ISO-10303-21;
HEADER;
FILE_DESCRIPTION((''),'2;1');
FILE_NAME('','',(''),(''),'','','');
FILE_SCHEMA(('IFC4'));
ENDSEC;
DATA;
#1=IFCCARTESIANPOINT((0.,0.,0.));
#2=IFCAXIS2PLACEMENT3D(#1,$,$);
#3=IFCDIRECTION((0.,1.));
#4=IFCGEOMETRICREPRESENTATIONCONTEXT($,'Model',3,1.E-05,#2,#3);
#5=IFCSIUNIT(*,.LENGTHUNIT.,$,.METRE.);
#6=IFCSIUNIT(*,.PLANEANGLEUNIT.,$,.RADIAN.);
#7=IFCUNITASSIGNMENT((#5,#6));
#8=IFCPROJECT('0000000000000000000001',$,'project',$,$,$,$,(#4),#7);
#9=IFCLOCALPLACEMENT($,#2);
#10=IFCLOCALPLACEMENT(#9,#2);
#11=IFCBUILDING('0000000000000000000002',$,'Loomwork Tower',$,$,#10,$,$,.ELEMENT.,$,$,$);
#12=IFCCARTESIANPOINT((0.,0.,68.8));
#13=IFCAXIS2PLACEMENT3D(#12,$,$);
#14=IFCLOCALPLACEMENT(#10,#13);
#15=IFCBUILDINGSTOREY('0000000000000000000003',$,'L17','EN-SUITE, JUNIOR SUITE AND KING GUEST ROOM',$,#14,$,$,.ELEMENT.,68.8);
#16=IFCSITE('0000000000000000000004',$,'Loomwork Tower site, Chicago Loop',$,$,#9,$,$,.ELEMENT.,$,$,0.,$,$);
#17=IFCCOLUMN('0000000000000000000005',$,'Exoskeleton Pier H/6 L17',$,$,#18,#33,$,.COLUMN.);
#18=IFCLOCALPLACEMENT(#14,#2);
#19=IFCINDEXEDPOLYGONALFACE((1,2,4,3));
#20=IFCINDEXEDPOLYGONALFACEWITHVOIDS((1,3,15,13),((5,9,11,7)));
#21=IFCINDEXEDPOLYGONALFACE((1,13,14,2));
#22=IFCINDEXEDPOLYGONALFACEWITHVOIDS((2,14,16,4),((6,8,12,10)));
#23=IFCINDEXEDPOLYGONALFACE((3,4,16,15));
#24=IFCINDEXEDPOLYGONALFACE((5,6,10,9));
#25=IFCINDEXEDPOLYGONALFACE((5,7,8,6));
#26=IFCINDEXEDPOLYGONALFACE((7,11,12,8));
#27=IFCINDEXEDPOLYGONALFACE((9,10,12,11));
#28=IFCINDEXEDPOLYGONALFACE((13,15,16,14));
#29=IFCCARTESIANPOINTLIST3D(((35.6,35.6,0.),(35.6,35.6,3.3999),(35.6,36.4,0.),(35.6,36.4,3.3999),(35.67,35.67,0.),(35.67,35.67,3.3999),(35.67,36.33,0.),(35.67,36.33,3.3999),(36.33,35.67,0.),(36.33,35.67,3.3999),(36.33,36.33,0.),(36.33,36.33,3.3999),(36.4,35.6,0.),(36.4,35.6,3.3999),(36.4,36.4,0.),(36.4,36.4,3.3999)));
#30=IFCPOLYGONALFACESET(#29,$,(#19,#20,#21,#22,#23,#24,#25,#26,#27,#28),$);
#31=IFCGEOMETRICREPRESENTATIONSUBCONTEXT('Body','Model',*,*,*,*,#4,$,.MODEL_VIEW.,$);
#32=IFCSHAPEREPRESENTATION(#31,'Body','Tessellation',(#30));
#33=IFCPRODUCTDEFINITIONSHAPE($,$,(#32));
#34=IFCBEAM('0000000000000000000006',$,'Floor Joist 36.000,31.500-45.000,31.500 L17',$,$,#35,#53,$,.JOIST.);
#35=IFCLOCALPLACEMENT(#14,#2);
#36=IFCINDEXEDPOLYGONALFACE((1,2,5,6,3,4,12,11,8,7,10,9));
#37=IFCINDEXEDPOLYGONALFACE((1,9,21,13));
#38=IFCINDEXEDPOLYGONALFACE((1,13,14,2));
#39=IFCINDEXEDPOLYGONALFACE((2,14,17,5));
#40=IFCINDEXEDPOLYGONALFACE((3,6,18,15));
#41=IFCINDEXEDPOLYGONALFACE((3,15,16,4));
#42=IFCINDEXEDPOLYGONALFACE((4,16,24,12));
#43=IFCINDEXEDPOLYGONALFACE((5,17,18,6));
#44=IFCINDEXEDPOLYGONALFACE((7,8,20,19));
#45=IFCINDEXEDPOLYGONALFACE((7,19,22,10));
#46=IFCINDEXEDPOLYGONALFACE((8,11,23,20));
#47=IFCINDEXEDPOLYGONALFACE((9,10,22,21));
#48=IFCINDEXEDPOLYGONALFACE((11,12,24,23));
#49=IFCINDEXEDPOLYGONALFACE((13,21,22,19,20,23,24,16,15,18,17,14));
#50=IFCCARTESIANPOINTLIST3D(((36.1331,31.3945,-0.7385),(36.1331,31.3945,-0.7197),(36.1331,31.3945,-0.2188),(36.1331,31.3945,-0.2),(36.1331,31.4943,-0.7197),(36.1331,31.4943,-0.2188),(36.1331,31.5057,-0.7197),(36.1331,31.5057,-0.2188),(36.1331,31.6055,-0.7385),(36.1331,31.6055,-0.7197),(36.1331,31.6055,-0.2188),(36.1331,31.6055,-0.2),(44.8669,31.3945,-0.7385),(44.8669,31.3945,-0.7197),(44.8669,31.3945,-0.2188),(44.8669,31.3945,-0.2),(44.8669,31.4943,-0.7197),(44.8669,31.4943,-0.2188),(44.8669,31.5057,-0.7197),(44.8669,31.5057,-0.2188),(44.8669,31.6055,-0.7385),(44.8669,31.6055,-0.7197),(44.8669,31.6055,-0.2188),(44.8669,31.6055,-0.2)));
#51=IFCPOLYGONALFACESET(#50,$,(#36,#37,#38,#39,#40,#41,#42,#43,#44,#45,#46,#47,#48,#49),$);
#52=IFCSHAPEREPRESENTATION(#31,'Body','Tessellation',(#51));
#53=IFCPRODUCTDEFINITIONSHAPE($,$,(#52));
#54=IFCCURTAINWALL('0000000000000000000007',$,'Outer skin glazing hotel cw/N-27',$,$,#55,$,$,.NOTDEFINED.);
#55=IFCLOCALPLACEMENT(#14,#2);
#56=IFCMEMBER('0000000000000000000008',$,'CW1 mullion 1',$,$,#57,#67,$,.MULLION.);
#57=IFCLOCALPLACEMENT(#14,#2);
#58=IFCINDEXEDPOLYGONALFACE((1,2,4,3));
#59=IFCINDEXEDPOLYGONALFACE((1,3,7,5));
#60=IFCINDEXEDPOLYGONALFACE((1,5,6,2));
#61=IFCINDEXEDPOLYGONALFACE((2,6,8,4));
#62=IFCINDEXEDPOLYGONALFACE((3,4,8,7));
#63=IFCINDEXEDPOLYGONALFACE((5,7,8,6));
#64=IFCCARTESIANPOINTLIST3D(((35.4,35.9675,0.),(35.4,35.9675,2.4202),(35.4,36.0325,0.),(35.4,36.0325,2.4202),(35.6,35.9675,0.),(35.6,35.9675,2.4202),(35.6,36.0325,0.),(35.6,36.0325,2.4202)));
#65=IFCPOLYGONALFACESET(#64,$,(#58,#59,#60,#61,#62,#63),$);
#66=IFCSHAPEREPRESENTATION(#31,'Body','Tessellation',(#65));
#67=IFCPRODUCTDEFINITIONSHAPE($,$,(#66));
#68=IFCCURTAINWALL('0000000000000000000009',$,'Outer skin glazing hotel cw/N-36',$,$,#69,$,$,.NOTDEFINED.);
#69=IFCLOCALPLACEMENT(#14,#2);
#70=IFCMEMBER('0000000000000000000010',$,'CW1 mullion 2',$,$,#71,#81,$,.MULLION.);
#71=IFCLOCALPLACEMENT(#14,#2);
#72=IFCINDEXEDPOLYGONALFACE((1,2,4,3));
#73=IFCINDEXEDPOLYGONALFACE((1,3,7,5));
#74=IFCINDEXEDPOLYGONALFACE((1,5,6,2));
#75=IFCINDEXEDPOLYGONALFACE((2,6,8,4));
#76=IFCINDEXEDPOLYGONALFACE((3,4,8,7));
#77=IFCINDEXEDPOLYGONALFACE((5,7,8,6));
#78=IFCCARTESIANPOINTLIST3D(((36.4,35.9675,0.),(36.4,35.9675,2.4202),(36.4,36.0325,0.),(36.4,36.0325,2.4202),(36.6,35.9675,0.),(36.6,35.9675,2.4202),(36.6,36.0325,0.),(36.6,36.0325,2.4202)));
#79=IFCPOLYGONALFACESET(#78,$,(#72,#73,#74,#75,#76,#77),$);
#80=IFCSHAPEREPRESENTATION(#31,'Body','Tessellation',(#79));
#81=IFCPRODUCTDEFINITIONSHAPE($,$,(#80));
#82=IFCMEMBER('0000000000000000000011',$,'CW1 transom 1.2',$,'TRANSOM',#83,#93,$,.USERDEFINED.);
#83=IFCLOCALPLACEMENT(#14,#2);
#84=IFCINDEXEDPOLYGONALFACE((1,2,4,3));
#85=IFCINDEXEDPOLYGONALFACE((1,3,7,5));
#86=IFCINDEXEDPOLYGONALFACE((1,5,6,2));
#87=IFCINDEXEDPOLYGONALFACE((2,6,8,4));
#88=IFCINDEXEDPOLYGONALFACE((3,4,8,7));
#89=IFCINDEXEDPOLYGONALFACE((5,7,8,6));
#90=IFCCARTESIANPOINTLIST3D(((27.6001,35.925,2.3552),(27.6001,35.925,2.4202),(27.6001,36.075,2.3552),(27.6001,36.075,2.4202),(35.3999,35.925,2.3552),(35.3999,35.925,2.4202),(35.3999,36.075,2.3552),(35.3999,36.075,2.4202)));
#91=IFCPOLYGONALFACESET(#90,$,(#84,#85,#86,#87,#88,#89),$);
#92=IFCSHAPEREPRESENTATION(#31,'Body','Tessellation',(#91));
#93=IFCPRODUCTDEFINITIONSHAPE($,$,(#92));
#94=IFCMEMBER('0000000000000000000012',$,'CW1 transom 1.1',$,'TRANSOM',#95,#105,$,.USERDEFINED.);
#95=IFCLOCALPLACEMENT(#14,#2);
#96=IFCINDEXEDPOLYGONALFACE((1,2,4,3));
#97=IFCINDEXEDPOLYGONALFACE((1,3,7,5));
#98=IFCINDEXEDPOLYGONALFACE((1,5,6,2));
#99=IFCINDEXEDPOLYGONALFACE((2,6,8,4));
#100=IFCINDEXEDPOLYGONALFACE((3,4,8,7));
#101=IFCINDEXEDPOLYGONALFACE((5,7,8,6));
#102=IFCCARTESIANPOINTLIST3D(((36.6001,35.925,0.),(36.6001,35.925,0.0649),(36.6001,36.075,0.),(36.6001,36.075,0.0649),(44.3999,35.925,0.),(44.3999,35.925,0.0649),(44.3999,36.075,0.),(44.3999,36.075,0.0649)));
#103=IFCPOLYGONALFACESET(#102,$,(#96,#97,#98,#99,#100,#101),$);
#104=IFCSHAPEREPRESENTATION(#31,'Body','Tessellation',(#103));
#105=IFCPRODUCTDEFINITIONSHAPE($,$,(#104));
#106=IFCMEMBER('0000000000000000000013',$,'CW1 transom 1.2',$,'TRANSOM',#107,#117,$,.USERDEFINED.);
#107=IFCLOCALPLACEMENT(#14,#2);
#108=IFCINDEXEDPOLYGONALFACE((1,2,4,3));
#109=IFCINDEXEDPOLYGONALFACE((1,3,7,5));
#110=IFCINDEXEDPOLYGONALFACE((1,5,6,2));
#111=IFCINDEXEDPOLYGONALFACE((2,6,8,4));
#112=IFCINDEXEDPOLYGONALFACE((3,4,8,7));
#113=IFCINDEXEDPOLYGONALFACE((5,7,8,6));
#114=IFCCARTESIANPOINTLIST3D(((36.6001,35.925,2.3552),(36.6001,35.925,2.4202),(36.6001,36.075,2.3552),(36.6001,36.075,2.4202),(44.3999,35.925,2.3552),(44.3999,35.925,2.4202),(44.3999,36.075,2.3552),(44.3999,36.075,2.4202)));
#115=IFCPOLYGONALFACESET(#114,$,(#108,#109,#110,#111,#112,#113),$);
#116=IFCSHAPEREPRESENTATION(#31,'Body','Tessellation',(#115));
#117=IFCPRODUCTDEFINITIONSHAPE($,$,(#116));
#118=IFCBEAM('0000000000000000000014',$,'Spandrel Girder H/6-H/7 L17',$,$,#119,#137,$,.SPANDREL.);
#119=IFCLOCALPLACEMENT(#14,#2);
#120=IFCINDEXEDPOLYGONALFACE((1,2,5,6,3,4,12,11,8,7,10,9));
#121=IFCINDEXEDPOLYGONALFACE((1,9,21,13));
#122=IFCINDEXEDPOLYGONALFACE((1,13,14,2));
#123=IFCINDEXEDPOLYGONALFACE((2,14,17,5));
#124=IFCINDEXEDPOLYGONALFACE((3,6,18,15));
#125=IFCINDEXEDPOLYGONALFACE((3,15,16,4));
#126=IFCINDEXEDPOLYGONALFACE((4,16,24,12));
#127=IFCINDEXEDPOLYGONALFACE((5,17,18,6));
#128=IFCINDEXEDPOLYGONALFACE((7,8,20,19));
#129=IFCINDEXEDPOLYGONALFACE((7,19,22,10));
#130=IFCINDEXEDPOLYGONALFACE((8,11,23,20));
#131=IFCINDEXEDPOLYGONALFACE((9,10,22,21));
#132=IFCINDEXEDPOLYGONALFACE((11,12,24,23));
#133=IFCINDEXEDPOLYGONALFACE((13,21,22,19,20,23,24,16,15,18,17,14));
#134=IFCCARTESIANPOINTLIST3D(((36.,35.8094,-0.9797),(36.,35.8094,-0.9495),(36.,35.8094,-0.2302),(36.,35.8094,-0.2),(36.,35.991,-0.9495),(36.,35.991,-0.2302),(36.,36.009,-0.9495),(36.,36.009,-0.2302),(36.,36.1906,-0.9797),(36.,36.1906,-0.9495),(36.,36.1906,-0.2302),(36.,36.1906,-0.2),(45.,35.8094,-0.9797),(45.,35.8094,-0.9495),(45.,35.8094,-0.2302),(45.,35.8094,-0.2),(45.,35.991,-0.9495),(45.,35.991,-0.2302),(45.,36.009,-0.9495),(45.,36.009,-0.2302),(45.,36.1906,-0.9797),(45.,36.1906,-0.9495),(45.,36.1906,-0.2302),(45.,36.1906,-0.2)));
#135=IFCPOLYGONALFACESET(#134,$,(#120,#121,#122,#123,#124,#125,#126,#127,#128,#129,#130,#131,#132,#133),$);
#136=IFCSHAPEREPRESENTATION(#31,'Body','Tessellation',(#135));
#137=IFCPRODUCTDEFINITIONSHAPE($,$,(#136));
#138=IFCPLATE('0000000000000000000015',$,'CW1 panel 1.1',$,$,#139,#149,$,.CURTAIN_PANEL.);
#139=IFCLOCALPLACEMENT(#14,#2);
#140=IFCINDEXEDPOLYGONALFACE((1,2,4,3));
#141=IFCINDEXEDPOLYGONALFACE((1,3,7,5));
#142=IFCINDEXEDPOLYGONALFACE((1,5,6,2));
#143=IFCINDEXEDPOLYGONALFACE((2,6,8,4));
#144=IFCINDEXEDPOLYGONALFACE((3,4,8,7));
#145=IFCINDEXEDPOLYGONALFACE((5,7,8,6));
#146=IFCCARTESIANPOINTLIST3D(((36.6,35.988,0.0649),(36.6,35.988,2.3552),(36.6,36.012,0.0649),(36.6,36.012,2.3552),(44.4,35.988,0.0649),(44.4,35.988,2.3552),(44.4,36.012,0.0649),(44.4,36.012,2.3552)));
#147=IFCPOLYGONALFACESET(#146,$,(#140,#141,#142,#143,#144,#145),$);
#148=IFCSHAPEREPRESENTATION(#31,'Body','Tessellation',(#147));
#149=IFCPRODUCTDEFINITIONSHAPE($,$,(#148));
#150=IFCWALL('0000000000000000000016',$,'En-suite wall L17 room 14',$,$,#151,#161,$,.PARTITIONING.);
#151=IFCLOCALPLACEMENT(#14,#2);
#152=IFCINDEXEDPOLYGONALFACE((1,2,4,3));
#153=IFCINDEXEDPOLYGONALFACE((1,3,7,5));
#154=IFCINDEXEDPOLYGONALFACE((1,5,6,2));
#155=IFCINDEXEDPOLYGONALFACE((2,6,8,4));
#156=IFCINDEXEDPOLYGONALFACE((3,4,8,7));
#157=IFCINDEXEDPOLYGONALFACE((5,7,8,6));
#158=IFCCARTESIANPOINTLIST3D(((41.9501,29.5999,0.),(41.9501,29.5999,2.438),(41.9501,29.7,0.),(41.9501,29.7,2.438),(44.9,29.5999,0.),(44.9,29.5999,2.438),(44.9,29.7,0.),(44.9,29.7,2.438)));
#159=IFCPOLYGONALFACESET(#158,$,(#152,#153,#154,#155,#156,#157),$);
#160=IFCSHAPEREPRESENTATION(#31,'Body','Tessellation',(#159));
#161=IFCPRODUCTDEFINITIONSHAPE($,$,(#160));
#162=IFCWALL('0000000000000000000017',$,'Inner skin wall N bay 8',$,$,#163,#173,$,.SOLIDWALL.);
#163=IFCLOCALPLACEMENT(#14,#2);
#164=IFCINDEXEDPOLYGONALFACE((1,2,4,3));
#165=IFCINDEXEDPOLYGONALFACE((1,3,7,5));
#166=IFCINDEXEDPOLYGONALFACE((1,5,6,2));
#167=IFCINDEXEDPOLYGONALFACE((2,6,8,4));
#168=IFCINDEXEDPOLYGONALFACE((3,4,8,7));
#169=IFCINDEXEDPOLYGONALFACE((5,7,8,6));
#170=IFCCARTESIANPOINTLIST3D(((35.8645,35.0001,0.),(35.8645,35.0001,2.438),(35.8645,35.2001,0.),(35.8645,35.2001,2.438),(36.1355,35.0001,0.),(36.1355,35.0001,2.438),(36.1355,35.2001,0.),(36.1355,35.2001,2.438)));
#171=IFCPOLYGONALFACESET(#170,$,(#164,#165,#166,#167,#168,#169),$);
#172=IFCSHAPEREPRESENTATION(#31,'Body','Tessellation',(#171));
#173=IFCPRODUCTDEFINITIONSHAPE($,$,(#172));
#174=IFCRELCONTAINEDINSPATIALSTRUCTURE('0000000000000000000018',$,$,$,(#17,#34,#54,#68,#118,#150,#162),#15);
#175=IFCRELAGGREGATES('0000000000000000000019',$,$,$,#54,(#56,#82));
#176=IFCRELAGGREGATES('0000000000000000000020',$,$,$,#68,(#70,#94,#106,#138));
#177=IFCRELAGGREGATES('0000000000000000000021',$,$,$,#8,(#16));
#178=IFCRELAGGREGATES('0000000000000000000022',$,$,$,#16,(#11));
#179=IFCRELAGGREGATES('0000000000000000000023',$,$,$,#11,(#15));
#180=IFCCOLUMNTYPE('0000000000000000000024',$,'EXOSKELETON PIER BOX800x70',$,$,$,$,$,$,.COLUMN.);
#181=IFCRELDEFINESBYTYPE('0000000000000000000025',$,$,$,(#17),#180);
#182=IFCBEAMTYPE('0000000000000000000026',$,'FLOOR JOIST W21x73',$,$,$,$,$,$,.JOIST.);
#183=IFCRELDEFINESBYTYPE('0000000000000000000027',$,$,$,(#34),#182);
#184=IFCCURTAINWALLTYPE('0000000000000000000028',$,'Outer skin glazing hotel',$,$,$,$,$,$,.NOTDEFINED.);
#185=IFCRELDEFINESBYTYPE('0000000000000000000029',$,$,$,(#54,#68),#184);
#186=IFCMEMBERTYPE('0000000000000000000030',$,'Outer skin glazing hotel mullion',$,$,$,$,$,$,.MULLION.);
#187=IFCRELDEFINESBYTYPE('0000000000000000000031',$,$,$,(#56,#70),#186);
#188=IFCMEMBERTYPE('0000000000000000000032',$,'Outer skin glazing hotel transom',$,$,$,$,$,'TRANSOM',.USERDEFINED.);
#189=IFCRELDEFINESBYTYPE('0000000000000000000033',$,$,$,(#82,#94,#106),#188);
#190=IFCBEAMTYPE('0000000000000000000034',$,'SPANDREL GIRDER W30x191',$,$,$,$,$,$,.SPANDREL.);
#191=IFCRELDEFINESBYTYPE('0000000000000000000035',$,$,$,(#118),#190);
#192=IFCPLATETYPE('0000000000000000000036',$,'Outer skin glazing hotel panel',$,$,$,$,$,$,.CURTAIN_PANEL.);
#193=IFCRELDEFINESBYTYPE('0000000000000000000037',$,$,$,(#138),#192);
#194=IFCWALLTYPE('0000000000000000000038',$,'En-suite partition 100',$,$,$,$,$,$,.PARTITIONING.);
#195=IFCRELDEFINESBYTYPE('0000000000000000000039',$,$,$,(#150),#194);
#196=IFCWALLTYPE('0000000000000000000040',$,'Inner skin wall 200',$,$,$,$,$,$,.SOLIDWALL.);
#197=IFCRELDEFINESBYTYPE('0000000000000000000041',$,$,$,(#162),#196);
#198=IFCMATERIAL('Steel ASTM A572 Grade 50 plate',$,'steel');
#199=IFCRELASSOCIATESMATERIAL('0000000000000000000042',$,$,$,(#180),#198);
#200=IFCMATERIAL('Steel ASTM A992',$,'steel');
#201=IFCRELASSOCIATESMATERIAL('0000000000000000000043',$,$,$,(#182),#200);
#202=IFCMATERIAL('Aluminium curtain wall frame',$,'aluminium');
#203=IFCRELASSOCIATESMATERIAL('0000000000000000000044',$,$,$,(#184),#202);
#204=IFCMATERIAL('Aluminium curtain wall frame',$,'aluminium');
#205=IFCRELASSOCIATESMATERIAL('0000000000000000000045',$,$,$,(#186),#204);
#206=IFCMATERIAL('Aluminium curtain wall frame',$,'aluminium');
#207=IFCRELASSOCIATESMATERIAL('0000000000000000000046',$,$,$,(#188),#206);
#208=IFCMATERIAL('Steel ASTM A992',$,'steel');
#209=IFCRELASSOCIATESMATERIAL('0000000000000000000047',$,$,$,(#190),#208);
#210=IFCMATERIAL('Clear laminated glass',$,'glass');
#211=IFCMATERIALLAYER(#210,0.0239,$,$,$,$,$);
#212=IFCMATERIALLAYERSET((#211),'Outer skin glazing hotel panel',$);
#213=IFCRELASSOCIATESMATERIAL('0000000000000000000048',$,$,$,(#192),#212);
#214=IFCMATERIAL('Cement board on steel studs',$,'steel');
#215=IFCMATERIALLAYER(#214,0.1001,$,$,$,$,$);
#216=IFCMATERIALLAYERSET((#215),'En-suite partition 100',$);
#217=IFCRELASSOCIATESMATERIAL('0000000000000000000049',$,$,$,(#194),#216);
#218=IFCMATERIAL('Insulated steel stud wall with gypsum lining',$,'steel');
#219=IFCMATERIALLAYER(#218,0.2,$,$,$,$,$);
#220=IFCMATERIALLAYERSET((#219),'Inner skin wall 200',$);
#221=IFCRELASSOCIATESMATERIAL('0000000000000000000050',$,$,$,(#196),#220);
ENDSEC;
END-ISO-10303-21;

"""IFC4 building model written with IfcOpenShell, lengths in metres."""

from ifc_helpers import new_model, si_unit, direction, frame, frame_2d, origin, origin_2d, place, context, subcontext, project, spatial, rectangle, hollow_rectangle, i_section, extrude, material, layer, layer_set, material_profile, profile_set, type_object, element, aggregate, save


model = new_model("IFC4")

# Units and contexts
model_context = context("Model", 3, precision=1e-05, world=origin(), true_north=direction((0.0, 1.0)))
body_context = subcontext(model_context, "Body", "Model", "MODEL_VIEW")
ifc_project = project(units=[si_unit("LENGTHUNIT", "METRE"), si_unit("PLANEANGLEUNIT", "RADIAN")], contexts=[model_context])

# Site, building, storey
site_placement = place(None, origin())
site = spatial("IfcSite", under=ifc_project, at=site_placement, Name="Loomwork Tower site, Chicago Loop", CompositionType="ELEMENT", RefElevation=0.0)
building_placement = place(site_placement, origin())
building = spatial("IfcBuilding", under=site, at=building_placement, Name="Loomwork Tower", CompositionType="ELEMENT")
storey_placement = place(building_placement, frame((0.0, 0.0, 68.8)))
storey = spatial("IfcBuildingStorey", under=building, at=storey_placement, Name="L17", Description="EN-SUITE, JUNIOR SUITE AND KING GUEST ROOM", CompositionType="ELEMENT", Elevation=68.8)

# Column
ifc_material_1 = material(Name="Steel ASTM A572 Grade 50 plate", Category="steel")
ifc_material_profile_1 = material_profile(ifc_material_1, hollow_rectangle(XDim=0.8, YDim=0.8, WallThickness=0.0701, at=origin_2d()), Name="BOX800x70")
ifc_profile_set_1 = profile_set([ifc_material_profile_1], Name="Steel ASTM A572 Grade 50 plate")
column_type = type_object("IfcColumnType", Name="EXOSKELETON PIER BOX800x70", PredefinedType="COLUMN", material=ifc_profile_set_1)
column_placement = place(storey_placement, frame((36.0, 36.0, 0.0), z_axis=(0.0, 0.0, 1.0), x_axis=(1.0, 0.0, 0.0)))
element("IfcColumn", 1, at=column_placement, inside=storey, type_object=column_type, Name="Exoskeleton Pier H/6 L17", PredefinedType="COLUMN", context=body_context, shape_type="SweptSolid", body=[
    extrude(hollow_rectangle(XDim=0.8, YDim=0.8, WallThickness=0.0701, at=origin_2d()), origin(), (0.0, 0.0, 1.0), 3.3999),
])

# Beam
ifc_material_2 = material(Name="Steel ASTM A992", Category="steel")
ifc_material_profile_2 = material_profile(ifc_material_2, i_section(OverallWidth=0.2109, OverallDepth=0.5386, WebThickness=0.0115, FlangeThickness=0.0188, at=origin_2d()), Name="W21x73")
ifc_profile_set_2 = profile_set([ifc_material_profile_2], Name="Steel ASTM A992")
beam_type_1 = type_object("IfcBeamType", Name="FLOOR JOIST W21x73", PredefinedType="JOIST", material=ifc_profile_set_2)
beam_1_placement = place(storey_placement, frame((36.1331, 31.5, -0.4692), z_axis=(1.0, 0.0, 0.0), x_axis=(0.0, 1.0, 0.0)))
element("IfcBeam", 2, at=beam_1_placement, inside=storey, type_object=beam_type_1, Name="Floor Joist 36.000,31.500-45.000,31.500 L17", PredefinedType="JOIST", context=body_context, shape_type="SweptSolid", body=[
    extrude(i_section(OverallWidth=0.2109, OverallDepth=0.5386, WebThickness=0.0115, FlangeThickness=0.0188, at=origin_2d()), origin(), (0.0, 0.0, 1.0), 8.7339),
])

# Curtain walls, members
ifc_material_3 = material(Name="Aluminium curtain wall frame", Category="aluminium")
curtain_wall_type = type_object("IfcCurtainWallType", Name="Outer skin glazing hotel", PredefinedType="NOTDEFINED", material=ifc_material_3)
curtain_wall_1_placement = place(storey_placement, origin())
curtain_wall_1 = element("IfcCurtainWall", 3, at=curtain_wall_1_placement, inside=storey, type_object=curtain_wall_type, Name="Outer skin glazing hotel cw/N-27", PredefinedType="NOTDEFINED")
ifc_material_4 = material(Name="Aluminium curtain wall frame", Category="aluminium")
ifc_material_profile_3 = material_profile(ifc_material_4, rectangle(XDim=0.0649, YDim=0.2, at=origin_2d()), Name="AL 65x200")
ifc_profile_set_3 = profile_set([ifc_material_profile_3], Name="Aluminium curtain wall frame")
member_type_1 = type_object("IfcMemberType", Name="Outer skin glazing hotel mullion", PredefinedType="MULLION", material=ifc_profile_set_3)
member_1_placement = place(storey_placement, frame((35.5, 36.0, 0.0), z_axis=(0.0, 0.0, 1.0), x_axis=(0.0, -1.0, 0.0)))
member_1 = element("IfcMember", 4, at=member_1_placement, type_object=member_type_1, Name="CW1 mullion 1", PredefinedType="MULLION", context=body_context, shape_type="SweptSolid", body=[
    extrude(rectangle(XDim=0.0649, YDim=0.2, at=origin_2d()), origin(), (0.0, 0.0, 1.0), 2.4202),
])
curtain_wall_2_placement = place(storey_placement, origin())
curtain_wall_2 = element("IfcCurtainWall", 5, at=curtain_wall_2_placement, inside=storey, type_object=curtain_wall_type, Name="Outer skin glazing hotel cw/N-36", PredefinedType="NOTDEFINED")
member_2_placement = place(storey_placement, frame((36.5, 36.0, 0.0), z_axis=(0.0, 0.0, 1.0), x_axis=(0.0, -1.0, 0.0)))
member_2 = element("IfcMember", 6, at=member_2_placement, type_object=member_type_1, Name="CW1 mullion 2", PredefinedType="MULLION", context=body_context, shape_type="SweptSolid", body=[
    extrude(rectangle(XDim=0.0649, YDim=0.2, at=origin_2d()), origin(), (0.0, 0.0, 1.0), 2.4202),
])

# Members
ifc_material_5 = material(Name="Aluminium curtain wall frame", Category="aluminium")
ifc_material_profile_4 = material_profile(ifc_material_5, rectangle(XDim=0.1499, YDim=0.0649, at=origin_2d()), Name="AL 65x150")
ifc_profile_set_4 = profile_set([ifc_material_profile_4], Name="Aluminium curtain wall frame")
member_type_2 = type_object("IfcMemberType", Name="Outer skin glazing hotel transom", ElementType="TRANSOM", PredefinedType="USERDEFINED", material=ifc_profile_set_4)
member_3_placement = place(storey_placement, frame((35.3999, 36.0, 2.3877), z_axis=(-1.0, 0.0, 0.0), x_axis=(0.0, -1.0, 0.0)))
member_3 = element("IfcMember", 7, at=member_3_placement, type_object=member_type_2, Name="CW1 transom 1.2", ObjectType="TRANSOM", PredefinedType="USERDEFINED", context=body_context, shape_type="SweptSolid", body=[
    extrude(rectangle(XDim=0.1499, YDim=0.0649, at=origin_2d()), origin(), (0.0, 0.0, 1.0), 7.7998),
])
aggregate(curtain_wall_1, [member_1, member_3])
member_4_placement = place(storey_placement, frame((44.3999, 36.0, 0.0325), z_axis=(-1.0, 0.0, 0.0), x_axis=(0.0, -1.0, 0.0)))
member_4 = element("IfcMember", 8, at=member_4_placement, type_object=member_type_2, Name="CW1 transom 1.1", ObjectType="TRANSOM", PredefinedType="USERDEFINED", context=body_context, shape_type="SweptSolid", body=[
    extrude(rectangle(XDim=0.1499, YDim=0.0649, at=origin_2d()), origin(), (0.0, 0.0, 1.0), 7.7998),
])
member_5_placement = place(storey_placement, frame((44.3999, 36.0, 2.3877), z_axis=(-1.0, 0.0, 0.0), x_axis=(0.0, -1.0, 0.0)))
member_5 = element("IfcMember", 9, at=member_5_placement, type_object=member_type_2, Name="CW1 transom 1.2", ObjectType="TRANSOM", PredefinedType="USERDEFINED", context=body_context, shape_type="SweptSolid", body=[
    extrude(rectangle(XDim=0.1499, YDim=0.0649, at=origin_2d()), origin(), (0.0, 0.0, 1.0), 7.7998),
])

# Beam
ifc_material_6 = material(Name="Steel ASTM A992", Category="steel")
ifc_material_profile_5 = material_profile(ifc_material_6, i_section(OverallWidth=0.3811, OverallDepth=0.7798, WebThickness=0.0181, FlangeThickness=0.0303, at=origin_2d()), Name="W30x191")
ifc_profile_set_5 = profile_set([ifc_material_profile_5], Name="Steel ASTM A992")
beam_type_2 = type_object("IfcBeamType", Name="SPANDREL GIRDER W30x191", PredefinedType="SPANDREL", material=ifc_profile_set_5)
beam_2_placement = place(storey_placement, frame((36.0, 36.0, -0.5898), z_axis=(1.0, 0.0, 0.0), x_axis=(0.0, 1.0, 0.0)))
element("IfcBeam", 10, at=beam_2_placement, inside=storey, type_object=beam_type_2, Name="Spandrel Girder H/6-H/7 L17", PredefinedType="SPANDREL", context=body_context, shape_type="SweptSolid", body=[
    extrude(i_section(OverallWidth=0.3811, OverallDepth=0.7798, WebThickness=0.0181, FlangeThickness=0.0303, at=origin_2d()), origin(), (0.0, 0.0, 1.0), 9.0),
])

# Plate
ifc_material_7 = material(Name="Clear laminated glass", Category="glass")
ifc_layer_1 = layer(ifc_material_7, 0.0239)
ifc_layer_set_1 = layer_set([ifc_layer_1], Name="Outer skin glazing hotel panel")
plate_type = type_object("IfcPlateType", Name="Outer skin glazing hotel panel", PredefinedType="CURTAIN_PANEL", material=ifc_layer_set_1)
plate_placement = place(storey_placement, frame((40.5, 36.0, 0.0649), z_axis=(0.0, 0.0, 1.0), x_axis=(-1.0, 0.0, 0.0)))
plate = element("IfcPlate", 11, at=plate_placement, type_object=plate_type, Name="CW1 panel 1.1", PredefinedType="CURTAIN_PANEL", context=body_context, shape_type="SweptSolid", body=[
    extrude(rectangle(XDim=7.8, YDim=0.0239, at=origin_2d()), origin(), (0.0, 0.0, 1.0), 2.2903),
])
aggregate(curtain_wall_2, [member_2, member_4, member_5, plate])

# Walls
ifc_material_8 = material(Name="Cement board on steel studs", Category="steel")
ifc_layer_2 = layer(ifc_material_8, 0.1001)
ifc_layer_set_2 = layer_set([ifc_layer_2], Name="En-suite partition 100")
wall_type_1 = type_object("IfcWallType", Name="En-suite partition 100", PredefinedType="PARTITIONING", material=ifc_layer_set_2)
wall_1_placement = place(storey_placement, frame((41.95, 29.6499, 0.0), z_axis=(0.0, 0.0, 1.0), x_axis=(1.0, 0.0, 0.0)))
element("IfcWall", 12, at=wall_1_placement, inside=storey, type_object=wall_type_1, Name="En-suite wall L17 room 14", PredefinedType="PARTITIONING", context=body_context, shape_type="SweptSolid", body=[
    extrude(rectangle(XDim=2.95, YDim=0.1001, at=frame_2d((1.4751, 0.0))), origin(), (0.0, 0.0, 1.0), 2.438),
])
ifc_material_9 = material(Name="Insulated steel stud wall with gypsum lining", Category="steel")
ifc_layer_3 = layer(ifc_material_9, 0.2)
ifc_layer_set_3 = layer_set([ifc_layer_3], Name="Inner skin wall 200")
wall_type_2 = type_object("IfcWallType", Name="Inner skin wall 200", PredefinedType="SOLIDWALL", material=ifc_layer_set_3)
wall_2_placement = place(storey_placement, frame((35.8645, 35.1001, 0.0), z_axis=(0.0, 0.0, 1.0), x_axis=(1.0, 0.0, 0.0)))
element("IfcWall", 13, at=wall_2_placement, inside=storey, type_object=wall_type_2, Name="Inner skin wall N bay 8", PredefinedType="SOLIDWALL", context=body_context, shape_type="SweptSolid", body=[
    extrude(rectangle(XDim=0.271, YDim=0.2, at=frame_2d((0.1355, 0.0))), origin(), (0.0, 0.0, 1.0), 2.438),
])

save(model, "model.ifc")
